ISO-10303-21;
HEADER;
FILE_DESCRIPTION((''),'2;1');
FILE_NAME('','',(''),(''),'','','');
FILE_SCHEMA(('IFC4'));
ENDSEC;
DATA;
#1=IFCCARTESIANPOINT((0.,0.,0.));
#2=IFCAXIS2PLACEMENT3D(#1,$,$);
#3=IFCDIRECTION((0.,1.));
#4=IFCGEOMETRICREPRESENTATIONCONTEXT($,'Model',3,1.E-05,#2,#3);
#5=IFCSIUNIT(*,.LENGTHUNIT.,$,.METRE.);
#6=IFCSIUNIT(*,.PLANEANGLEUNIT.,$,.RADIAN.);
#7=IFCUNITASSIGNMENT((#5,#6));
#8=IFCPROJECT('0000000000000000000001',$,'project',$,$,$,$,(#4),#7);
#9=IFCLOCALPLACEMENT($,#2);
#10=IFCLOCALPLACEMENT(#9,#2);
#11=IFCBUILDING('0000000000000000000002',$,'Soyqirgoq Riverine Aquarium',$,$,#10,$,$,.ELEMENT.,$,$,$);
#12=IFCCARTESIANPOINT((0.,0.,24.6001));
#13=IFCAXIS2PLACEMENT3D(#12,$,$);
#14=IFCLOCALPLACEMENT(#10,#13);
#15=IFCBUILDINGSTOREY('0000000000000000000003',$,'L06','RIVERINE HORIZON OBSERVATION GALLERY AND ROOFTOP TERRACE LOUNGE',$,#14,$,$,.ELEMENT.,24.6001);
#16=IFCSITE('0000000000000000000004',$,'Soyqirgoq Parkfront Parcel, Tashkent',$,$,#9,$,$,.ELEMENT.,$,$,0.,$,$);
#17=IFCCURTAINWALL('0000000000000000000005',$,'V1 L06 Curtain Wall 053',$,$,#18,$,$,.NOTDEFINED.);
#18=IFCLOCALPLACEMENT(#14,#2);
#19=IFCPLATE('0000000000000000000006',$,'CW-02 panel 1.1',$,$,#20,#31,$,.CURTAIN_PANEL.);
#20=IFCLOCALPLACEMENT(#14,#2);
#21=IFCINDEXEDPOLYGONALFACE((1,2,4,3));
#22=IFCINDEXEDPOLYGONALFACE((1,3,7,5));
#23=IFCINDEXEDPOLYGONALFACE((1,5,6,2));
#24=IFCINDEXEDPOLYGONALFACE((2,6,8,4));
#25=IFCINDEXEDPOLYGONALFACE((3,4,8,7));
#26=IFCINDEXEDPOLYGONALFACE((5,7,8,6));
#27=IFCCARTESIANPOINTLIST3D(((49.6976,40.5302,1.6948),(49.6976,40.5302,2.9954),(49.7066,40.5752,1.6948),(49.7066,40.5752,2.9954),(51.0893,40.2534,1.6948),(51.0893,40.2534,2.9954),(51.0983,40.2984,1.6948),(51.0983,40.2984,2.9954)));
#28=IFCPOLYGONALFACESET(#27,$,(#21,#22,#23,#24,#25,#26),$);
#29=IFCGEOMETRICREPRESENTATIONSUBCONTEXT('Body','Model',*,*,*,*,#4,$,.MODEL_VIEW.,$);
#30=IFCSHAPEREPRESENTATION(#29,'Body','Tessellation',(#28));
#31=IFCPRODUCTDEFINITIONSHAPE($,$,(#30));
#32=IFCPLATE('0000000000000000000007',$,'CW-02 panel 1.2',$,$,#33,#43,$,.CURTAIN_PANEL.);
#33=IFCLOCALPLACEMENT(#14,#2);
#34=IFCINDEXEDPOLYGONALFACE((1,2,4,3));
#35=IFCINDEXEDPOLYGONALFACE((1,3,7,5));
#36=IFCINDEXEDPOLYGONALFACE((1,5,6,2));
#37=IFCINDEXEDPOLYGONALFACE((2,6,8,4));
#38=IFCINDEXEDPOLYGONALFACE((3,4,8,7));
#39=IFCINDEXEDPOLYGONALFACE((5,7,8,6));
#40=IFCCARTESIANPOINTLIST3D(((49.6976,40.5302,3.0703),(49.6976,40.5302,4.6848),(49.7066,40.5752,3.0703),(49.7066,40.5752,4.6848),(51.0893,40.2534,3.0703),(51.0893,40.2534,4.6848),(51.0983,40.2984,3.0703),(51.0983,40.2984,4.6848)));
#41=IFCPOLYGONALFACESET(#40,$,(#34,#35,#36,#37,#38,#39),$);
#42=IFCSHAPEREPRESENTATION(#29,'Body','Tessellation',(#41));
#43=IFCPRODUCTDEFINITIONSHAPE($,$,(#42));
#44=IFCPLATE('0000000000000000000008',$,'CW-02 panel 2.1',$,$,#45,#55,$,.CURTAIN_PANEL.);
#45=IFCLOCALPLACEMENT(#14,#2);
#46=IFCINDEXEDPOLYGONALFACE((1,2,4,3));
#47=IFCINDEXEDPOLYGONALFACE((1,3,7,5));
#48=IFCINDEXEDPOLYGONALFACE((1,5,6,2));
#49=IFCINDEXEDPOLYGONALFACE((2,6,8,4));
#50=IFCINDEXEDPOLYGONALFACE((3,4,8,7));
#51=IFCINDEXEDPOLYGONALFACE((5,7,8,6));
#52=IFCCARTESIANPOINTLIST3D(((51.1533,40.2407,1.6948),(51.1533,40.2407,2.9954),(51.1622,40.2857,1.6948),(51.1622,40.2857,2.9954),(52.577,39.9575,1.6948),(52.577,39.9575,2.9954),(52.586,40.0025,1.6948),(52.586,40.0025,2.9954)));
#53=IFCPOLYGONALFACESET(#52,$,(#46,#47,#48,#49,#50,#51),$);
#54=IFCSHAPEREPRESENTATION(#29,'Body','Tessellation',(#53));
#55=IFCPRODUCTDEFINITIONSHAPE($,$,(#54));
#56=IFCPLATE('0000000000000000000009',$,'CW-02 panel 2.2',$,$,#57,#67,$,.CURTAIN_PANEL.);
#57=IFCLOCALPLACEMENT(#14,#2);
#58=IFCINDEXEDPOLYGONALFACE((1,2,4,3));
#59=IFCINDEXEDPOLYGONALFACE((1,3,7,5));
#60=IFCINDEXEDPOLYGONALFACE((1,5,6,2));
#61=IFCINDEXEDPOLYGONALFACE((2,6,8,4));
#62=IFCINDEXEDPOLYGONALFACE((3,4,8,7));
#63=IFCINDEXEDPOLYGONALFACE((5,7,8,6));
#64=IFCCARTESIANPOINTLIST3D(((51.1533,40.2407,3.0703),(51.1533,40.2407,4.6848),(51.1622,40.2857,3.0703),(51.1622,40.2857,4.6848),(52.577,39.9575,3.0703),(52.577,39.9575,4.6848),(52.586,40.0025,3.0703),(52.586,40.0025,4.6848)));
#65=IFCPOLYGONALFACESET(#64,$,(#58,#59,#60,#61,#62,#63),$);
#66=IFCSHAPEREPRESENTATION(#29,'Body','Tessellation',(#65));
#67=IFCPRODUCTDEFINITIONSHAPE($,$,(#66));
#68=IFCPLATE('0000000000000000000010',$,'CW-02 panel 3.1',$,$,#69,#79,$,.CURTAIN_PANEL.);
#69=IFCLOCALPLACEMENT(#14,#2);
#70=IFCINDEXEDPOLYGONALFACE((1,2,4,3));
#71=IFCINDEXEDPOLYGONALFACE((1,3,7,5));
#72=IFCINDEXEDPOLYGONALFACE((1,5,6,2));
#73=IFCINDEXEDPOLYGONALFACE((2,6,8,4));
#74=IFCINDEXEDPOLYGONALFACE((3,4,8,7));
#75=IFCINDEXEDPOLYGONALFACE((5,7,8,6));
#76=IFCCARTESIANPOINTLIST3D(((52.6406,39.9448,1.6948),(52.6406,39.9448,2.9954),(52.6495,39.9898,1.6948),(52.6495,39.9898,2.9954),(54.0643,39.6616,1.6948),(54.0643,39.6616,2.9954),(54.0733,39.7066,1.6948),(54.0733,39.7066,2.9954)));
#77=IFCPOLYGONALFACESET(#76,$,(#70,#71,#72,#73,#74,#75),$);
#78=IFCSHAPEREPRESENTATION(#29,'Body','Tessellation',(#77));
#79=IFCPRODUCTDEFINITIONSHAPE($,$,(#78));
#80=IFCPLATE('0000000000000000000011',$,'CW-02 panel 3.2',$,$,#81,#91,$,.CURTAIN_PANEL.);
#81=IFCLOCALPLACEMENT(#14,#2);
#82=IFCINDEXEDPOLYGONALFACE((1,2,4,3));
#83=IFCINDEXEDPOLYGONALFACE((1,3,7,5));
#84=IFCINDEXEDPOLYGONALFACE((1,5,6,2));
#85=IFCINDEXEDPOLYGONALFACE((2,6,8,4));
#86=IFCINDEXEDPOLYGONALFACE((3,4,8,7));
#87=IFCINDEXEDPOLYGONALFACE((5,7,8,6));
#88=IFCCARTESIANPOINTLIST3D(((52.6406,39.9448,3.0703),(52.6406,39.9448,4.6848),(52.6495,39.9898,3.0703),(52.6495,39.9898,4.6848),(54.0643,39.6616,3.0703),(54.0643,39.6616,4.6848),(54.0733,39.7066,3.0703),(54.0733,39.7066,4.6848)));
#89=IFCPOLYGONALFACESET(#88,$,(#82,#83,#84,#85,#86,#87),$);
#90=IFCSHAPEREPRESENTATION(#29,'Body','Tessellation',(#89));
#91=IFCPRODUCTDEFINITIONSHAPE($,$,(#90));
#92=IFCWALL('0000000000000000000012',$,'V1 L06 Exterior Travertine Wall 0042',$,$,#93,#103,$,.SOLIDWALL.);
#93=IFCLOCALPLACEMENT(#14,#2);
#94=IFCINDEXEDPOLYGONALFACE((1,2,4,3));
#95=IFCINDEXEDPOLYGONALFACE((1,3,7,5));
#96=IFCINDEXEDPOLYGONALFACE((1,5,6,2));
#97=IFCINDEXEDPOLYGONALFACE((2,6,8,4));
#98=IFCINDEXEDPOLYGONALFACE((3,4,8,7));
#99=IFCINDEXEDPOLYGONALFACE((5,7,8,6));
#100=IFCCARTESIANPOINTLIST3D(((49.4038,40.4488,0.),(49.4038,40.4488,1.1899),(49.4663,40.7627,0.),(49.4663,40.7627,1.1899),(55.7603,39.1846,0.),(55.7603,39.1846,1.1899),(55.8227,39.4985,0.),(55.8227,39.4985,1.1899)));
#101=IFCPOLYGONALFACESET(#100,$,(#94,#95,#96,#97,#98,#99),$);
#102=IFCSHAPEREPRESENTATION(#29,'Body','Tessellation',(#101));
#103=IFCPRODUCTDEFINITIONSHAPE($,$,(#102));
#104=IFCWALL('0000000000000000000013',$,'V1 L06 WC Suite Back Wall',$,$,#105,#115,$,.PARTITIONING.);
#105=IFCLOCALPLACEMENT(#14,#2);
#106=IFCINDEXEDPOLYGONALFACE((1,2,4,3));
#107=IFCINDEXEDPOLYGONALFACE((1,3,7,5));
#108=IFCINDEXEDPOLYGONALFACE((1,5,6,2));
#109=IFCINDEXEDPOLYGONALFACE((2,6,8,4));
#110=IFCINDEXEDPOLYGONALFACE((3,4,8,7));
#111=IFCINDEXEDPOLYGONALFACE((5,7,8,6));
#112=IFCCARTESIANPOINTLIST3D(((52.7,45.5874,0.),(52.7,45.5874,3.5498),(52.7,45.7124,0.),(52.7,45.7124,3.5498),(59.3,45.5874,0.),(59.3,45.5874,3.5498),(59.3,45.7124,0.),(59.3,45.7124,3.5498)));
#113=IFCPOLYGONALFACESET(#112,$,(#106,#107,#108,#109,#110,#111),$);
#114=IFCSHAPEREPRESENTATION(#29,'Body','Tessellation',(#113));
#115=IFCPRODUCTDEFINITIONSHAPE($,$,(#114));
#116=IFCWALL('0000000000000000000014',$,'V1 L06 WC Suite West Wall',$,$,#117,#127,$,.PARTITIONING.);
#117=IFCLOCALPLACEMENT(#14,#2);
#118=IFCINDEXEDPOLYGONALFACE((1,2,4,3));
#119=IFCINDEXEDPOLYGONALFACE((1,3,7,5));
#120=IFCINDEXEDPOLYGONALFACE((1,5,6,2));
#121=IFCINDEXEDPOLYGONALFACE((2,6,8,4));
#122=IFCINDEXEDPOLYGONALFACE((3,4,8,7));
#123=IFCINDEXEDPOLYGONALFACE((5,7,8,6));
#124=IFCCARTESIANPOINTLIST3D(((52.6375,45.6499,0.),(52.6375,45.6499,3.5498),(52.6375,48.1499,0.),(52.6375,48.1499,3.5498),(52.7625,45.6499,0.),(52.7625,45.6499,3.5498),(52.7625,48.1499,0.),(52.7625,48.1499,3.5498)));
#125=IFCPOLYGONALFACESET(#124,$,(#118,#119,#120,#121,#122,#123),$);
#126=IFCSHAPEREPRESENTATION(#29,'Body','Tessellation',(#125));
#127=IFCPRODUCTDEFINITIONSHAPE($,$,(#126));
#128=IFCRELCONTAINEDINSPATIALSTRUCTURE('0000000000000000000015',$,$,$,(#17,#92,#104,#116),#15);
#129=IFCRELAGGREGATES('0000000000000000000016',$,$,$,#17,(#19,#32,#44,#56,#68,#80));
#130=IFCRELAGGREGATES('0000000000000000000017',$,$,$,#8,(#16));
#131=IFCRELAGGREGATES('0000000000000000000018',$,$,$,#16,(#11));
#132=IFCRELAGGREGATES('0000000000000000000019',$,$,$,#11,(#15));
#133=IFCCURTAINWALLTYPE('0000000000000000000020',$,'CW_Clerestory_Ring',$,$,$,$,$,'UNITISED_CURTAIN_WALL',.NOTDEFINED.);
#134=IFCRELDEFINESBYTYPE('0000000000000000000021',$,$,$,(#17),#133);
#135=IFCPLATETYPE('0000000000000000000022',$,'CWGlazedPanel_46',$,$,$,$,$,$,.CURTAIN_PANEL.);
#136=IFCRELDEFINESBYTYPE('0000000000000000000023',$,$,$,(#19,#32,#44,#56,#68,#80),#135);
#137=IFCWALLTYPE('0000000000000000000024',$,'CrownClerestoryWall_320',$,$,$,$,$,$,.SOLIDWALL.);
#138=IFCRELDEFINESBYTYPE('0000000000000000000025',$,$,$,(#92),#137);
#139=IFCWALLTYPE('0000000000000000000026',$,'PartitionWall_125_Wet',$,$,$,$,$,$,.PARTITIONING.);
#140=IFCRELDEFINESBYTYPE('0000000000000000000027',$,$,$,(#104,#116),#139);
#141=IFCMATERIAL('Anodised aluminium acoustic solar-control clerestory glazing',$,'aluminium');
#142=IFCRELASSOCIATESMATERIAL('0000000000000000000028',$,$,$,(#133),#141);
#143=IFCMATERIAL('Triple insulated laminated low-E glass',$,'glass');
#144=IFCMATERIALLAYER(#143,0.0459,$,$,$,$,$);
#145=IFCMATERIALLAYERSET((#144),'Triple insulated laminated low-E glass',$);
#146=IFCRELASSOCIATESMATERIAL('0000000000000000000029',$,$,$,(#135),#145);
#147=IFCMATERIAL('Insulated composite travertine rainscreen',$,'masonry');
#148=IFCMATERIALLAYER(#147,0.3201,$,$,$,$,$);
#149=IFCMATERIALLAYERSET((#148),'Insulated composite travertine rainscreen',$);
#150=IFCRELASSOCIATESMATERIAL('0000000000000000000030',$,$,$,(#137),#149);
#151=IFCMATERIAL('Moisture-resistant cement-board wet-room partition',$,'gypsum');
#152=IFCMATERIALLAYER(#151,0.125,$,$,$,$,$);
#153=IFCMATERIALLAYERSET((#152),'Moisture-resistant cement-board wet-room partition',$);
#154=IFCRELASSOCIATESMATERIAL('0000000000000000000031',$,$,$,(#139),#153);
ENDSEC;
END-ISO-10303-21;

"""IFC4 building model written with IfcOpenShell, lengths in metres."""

from ifc_helpers import new_model, si_unit, direction, frame, frame_2d, origin, origin_2d, place, context, subcontext, project, spatial, rectangle, extrude, material, layer, layer_set, type_object, element, aggregate, save


model = new_model("IFC4")

# Units and contexts
model_context = context("Model", 3, precision=1e-05, world=origin(), true_north=direction((0.0, 1.0)))
body_context = subcontext(model_context, "Body", "Model", "MODEL_VIEW")
ifc_project = project(units=[si_unit("LENGTHUNIT", "METRE"), si_unit("PLANEANGLEUNIT", "RADIAN")], contexts=[model_context])

# Site, building, storey
site_placement = place(None, origin())
site = spatial("IfcSite", under=ifc_project, at=site_placement, Name="Soyqirgoq Parkfront Parcel, Tashkent", CompositionType="ELEMENT", RefElevation=0.0)
building_placement = place(site_placement, origin())
building = spatial("IfcBuilding", under=site, at=building_placement, Name="Soyqirgoq Riverine Aquarium", CompositionType="ELEMENT")
storey_placement = place(building_placement, frame((0.0, 0.0, 24.6001)))
storey = spatial("IfcBuildingStorey", under=building, at=storey_placement, Name="L06", Description="RIVERINE HORIZON OBSERVATION GALLERY AND ROOFTOP TERRACE LOUNGE", CompositionType="ELEMENT", Elevation=24.6001)

# Curtain wall
ifc_material_1 = material(Name="Anodised aluminium acoustic solar-control clerestory glazing", Category="aluminium")
curtain_wall_type = type_object("IfcCurtainWallType", Name="CW_Clerestory_Ring", ElementType="UNITISED_CURTAIN_WALL", PredefinedType="NOTDEFINED", material=ifc_material_1)
curtain_wall_1_placement = place(storey_placement, origin())
curtain_wall_1 = element("IfcCurtainWall", 1, at=curtain_wall_1_placement, inside=storey, type_object=curtain_wall_type, Name="V1 L06 Curtain Wall 053", PredefinedType="NOTDEFINED")

# Plates
ifc_material_2 = material(Name="Triple insulated laminated low-E glass", Category="glass")
ifc_layer_1 = layer(ifc_material_2, 0.0459)
ifc_layer_set_1 = layer_set([ifc_layer_1], Name="Triple insulated laminated low-E glass")
plate_type = type_object("IfcPlateType", Name="CWGlazedPanel_46", PredefinedType="CURTAIN_PANEL", material=ifc_layer_set_1)
plate_1_placement = place(storey_placement, frame((50.3979, 40.4143, 1.6948), z_axis=(0.0, 0.0, 1.0), x_axis=(0.980784, -0.195095, 0.0)))
plate_1 = element("IfcPlate", 2, at=plate_1_placement, type_object=plate_type, Name="CW-02 panel 1.1", PredefinedType="CURTAIN_PANEL", context=body_context, shape_type="SweptSolid", body=[
    extrude(rectangle(XDim=1.4189, YDim=0.0459, at=origin_2d()), origin(), (0.0, 0.0, 1.0), 1.3005),
])
plate_2_placement = place(storey_placement, frame((50.3979, 40.4143, 3.0703), z_axis=(0.0, 0.0, 1.0), x_axis=(0.980784, -0.195095, 0.0)))
plate_2 = element("IfcPlate", 3, at=plate_2_placement, type_object=plate_type, Name="CW-02 panel 1.2", PredefinedType="CURTAIN_PANEL", context=body_context, shape_type="SweptSolid", body=[
    extrude(rectangle(XDim=1.4189, YDim=0.0459, at=origin_2d()), origin(), (0.0, 0.0, 1.0), 1.6145),
])
plate_3_placement = place(storey_placement, frame((51.8696, 40.1216, 1.6948), z_axis=(0.0, 0.0, 1.0), x_axis=(0.980784, -0.195095, 0.0)))
plate_3 = element("IfcPlate", 4, at=plate_3_placement, type_object=plate_type, Name="CW-02 panel 2.1", PredefinedType="CURTAIN_PANEL", context=body_context, shape_type="SweptSolid", body=[
    extrude(rectangle(XDim=1.4517, YDim=0.0459, at=origin_2d()), origin(), (0.0, 0.0, 1.0), 1.3005),
])
plate_4_placement = place(storey_placement, frame((51.8696, 40.1216, 3.0703), z_axis=(0.0, 0.0, 1.0), x_axis=(0.980784, -0.195095, 0.0)))
plate_4 = element("IfcPlate", 5, at=plate_4_placement, type_object=plate_type, Name="CW-02 panel 2.2", PredefinedType="CURTAIN_PANEL", context=body_context, shape_type="SweptSolid", body=[
    extrude(rectangle(XDim=1.4517, YDim=0.0459, at=origin_2d()), origin(), (0.0, 0.0, 1.0), 1.6145),
])
plate_5_placement = place(storey_placement, frame((53.3569, 39.8257, 1.6948), z_axis=(0.0, 0.0, 1.0), x_axis=(0.980784, -0.195095, 0.0)))
plate_5 = element("IfcPlate", 6, at=plate_5_placement, type_object=plate_type, Name="CW-02 panel 3.1", PredefinedType="CURTAIN_PANEL", context=body_context, shape_type="SweptSolid", body=[
    extrude(rectangle(XDim=1.4517, YDim=0.0459, at=origin_2d()), origin(), (0.0, 0.0, 1.0), 1.3005),
])
plate_6_placement = place(storey_placement, frame((53.3569, 39.8257, 3.0703), z_axis=(0.0, 0.0, 1.0), x_axis=(0.980784, -0.195095, 0.0)))
plate_6 = element("IfcPlate", 7, at=plate_6_placement, type_object=plate_type, Name="CW-02 panel 3.2", PredefinedType="CURTAIN_PANEL", context=body_context, shape_type="SweptSolid", body=[
    extrude(rectangle(XDim=1.4517, YDim=0.0459, at=origin_2d()), origin(), (0.0, 0.0, 1.0), 1.6145),
])
aggregate(curtain_wall_1, [plate_1, plate_2, plate_3, plate_4, plate_5, plate_6])

# Walls
ifc_material_3 = material(Name="Insulated composite travertine rainscreen", Category="masonry")
ifc_layer_2 = layer(ifc_material_3, 0.3201)
ifc_layer_set_2 = layer_set([ifc_layer_2], Name="Insulated composite travertine rainscreen")
wall_type_1 = type_object("IfcWallType", Name="CrownClerestoryWall_320", PredefinedType="SOLIDWALL", material=ifc_layer_set_2)
wall_1_placement = place(storey_placement, frame((49.4351, 40.6057, 0.0), z_axis=(0.0, 0.0, 1.0), x_axis=(0.980792, -0.195058, 0.0)))
element("IfcWall", 8, at=wall_1_placement, inside=storey, type_object=wall_type_1, Name="V1 L06 Exterior Travertine Wall 0042", PredefinedType="SOLIDWALL", context=body_context, shape_type="SweptSolid", body=[
    extrude(rectangle(XDim=6.481, YDim=0.3201, at=frame_2d((3.2405, 0.0))), origin(), (0.0, 0.0, 1.0), 1.1899),
])
ifc_material_4 = material(Name="Moisture-resistant cement-board wet-room partition", Category="gypsum")
ifc_layer_3 = layer(ifc_material_4, 0.125)
ifc_layer_set_3 = layer_set([ifc_layer_3], Name="Moisture-resistant cement-board wet-room partition")
wall_type_2 = type_object("IfcWallType", Name="PartitionWall_125_Wet", PredefinedType="PARTITIONING", material=ifc_layer_set_3)
wall_2_placement = place(storey_placement, frame((52.7, 45.6499, 0.0), z_axis=(0.0, 0.0, 1.0), x_axis=(1.0, 0.0, 0.0)))
element("IfcWall", 9, at=wall_2_placement, inside=storey, type_object=wall_type_2, Name="V1 L06 WC Suite Back Wall", PredefinedType="PARTITIONING", context=body_context, shape_type="SweptSolid", body=[
    extrude(rectangle(XDim=6.6001, YDim=0.125, at=frame_2d((3.3, 0.0))), origin(), (0.0, 0.0, 1.0), 3.5498),
])
wall_3_placement = place(storey_placement, frame((52.7, 45.6499, 0.0), z_axis=(0.0, 0.0, 1.0), x_axis=(0.0, 1.0, 0.0)))
element("IfcWall", 10, at=wall_3_placement, inside=storey, type_object=wall_type_2, Name="V1 L06 WC Suite West Wall", PredefinedType="PARTITIONING", context=body_context, shape_type="SweptSolid", body=[
    extrude(rectangle(XDim=2.5, YDim=0.125, at=frame_2d((1.25, 0.0))), origin(), (0.0, 0.0, 1.0), 3.5498),
])

save(model, "model.ifc")
